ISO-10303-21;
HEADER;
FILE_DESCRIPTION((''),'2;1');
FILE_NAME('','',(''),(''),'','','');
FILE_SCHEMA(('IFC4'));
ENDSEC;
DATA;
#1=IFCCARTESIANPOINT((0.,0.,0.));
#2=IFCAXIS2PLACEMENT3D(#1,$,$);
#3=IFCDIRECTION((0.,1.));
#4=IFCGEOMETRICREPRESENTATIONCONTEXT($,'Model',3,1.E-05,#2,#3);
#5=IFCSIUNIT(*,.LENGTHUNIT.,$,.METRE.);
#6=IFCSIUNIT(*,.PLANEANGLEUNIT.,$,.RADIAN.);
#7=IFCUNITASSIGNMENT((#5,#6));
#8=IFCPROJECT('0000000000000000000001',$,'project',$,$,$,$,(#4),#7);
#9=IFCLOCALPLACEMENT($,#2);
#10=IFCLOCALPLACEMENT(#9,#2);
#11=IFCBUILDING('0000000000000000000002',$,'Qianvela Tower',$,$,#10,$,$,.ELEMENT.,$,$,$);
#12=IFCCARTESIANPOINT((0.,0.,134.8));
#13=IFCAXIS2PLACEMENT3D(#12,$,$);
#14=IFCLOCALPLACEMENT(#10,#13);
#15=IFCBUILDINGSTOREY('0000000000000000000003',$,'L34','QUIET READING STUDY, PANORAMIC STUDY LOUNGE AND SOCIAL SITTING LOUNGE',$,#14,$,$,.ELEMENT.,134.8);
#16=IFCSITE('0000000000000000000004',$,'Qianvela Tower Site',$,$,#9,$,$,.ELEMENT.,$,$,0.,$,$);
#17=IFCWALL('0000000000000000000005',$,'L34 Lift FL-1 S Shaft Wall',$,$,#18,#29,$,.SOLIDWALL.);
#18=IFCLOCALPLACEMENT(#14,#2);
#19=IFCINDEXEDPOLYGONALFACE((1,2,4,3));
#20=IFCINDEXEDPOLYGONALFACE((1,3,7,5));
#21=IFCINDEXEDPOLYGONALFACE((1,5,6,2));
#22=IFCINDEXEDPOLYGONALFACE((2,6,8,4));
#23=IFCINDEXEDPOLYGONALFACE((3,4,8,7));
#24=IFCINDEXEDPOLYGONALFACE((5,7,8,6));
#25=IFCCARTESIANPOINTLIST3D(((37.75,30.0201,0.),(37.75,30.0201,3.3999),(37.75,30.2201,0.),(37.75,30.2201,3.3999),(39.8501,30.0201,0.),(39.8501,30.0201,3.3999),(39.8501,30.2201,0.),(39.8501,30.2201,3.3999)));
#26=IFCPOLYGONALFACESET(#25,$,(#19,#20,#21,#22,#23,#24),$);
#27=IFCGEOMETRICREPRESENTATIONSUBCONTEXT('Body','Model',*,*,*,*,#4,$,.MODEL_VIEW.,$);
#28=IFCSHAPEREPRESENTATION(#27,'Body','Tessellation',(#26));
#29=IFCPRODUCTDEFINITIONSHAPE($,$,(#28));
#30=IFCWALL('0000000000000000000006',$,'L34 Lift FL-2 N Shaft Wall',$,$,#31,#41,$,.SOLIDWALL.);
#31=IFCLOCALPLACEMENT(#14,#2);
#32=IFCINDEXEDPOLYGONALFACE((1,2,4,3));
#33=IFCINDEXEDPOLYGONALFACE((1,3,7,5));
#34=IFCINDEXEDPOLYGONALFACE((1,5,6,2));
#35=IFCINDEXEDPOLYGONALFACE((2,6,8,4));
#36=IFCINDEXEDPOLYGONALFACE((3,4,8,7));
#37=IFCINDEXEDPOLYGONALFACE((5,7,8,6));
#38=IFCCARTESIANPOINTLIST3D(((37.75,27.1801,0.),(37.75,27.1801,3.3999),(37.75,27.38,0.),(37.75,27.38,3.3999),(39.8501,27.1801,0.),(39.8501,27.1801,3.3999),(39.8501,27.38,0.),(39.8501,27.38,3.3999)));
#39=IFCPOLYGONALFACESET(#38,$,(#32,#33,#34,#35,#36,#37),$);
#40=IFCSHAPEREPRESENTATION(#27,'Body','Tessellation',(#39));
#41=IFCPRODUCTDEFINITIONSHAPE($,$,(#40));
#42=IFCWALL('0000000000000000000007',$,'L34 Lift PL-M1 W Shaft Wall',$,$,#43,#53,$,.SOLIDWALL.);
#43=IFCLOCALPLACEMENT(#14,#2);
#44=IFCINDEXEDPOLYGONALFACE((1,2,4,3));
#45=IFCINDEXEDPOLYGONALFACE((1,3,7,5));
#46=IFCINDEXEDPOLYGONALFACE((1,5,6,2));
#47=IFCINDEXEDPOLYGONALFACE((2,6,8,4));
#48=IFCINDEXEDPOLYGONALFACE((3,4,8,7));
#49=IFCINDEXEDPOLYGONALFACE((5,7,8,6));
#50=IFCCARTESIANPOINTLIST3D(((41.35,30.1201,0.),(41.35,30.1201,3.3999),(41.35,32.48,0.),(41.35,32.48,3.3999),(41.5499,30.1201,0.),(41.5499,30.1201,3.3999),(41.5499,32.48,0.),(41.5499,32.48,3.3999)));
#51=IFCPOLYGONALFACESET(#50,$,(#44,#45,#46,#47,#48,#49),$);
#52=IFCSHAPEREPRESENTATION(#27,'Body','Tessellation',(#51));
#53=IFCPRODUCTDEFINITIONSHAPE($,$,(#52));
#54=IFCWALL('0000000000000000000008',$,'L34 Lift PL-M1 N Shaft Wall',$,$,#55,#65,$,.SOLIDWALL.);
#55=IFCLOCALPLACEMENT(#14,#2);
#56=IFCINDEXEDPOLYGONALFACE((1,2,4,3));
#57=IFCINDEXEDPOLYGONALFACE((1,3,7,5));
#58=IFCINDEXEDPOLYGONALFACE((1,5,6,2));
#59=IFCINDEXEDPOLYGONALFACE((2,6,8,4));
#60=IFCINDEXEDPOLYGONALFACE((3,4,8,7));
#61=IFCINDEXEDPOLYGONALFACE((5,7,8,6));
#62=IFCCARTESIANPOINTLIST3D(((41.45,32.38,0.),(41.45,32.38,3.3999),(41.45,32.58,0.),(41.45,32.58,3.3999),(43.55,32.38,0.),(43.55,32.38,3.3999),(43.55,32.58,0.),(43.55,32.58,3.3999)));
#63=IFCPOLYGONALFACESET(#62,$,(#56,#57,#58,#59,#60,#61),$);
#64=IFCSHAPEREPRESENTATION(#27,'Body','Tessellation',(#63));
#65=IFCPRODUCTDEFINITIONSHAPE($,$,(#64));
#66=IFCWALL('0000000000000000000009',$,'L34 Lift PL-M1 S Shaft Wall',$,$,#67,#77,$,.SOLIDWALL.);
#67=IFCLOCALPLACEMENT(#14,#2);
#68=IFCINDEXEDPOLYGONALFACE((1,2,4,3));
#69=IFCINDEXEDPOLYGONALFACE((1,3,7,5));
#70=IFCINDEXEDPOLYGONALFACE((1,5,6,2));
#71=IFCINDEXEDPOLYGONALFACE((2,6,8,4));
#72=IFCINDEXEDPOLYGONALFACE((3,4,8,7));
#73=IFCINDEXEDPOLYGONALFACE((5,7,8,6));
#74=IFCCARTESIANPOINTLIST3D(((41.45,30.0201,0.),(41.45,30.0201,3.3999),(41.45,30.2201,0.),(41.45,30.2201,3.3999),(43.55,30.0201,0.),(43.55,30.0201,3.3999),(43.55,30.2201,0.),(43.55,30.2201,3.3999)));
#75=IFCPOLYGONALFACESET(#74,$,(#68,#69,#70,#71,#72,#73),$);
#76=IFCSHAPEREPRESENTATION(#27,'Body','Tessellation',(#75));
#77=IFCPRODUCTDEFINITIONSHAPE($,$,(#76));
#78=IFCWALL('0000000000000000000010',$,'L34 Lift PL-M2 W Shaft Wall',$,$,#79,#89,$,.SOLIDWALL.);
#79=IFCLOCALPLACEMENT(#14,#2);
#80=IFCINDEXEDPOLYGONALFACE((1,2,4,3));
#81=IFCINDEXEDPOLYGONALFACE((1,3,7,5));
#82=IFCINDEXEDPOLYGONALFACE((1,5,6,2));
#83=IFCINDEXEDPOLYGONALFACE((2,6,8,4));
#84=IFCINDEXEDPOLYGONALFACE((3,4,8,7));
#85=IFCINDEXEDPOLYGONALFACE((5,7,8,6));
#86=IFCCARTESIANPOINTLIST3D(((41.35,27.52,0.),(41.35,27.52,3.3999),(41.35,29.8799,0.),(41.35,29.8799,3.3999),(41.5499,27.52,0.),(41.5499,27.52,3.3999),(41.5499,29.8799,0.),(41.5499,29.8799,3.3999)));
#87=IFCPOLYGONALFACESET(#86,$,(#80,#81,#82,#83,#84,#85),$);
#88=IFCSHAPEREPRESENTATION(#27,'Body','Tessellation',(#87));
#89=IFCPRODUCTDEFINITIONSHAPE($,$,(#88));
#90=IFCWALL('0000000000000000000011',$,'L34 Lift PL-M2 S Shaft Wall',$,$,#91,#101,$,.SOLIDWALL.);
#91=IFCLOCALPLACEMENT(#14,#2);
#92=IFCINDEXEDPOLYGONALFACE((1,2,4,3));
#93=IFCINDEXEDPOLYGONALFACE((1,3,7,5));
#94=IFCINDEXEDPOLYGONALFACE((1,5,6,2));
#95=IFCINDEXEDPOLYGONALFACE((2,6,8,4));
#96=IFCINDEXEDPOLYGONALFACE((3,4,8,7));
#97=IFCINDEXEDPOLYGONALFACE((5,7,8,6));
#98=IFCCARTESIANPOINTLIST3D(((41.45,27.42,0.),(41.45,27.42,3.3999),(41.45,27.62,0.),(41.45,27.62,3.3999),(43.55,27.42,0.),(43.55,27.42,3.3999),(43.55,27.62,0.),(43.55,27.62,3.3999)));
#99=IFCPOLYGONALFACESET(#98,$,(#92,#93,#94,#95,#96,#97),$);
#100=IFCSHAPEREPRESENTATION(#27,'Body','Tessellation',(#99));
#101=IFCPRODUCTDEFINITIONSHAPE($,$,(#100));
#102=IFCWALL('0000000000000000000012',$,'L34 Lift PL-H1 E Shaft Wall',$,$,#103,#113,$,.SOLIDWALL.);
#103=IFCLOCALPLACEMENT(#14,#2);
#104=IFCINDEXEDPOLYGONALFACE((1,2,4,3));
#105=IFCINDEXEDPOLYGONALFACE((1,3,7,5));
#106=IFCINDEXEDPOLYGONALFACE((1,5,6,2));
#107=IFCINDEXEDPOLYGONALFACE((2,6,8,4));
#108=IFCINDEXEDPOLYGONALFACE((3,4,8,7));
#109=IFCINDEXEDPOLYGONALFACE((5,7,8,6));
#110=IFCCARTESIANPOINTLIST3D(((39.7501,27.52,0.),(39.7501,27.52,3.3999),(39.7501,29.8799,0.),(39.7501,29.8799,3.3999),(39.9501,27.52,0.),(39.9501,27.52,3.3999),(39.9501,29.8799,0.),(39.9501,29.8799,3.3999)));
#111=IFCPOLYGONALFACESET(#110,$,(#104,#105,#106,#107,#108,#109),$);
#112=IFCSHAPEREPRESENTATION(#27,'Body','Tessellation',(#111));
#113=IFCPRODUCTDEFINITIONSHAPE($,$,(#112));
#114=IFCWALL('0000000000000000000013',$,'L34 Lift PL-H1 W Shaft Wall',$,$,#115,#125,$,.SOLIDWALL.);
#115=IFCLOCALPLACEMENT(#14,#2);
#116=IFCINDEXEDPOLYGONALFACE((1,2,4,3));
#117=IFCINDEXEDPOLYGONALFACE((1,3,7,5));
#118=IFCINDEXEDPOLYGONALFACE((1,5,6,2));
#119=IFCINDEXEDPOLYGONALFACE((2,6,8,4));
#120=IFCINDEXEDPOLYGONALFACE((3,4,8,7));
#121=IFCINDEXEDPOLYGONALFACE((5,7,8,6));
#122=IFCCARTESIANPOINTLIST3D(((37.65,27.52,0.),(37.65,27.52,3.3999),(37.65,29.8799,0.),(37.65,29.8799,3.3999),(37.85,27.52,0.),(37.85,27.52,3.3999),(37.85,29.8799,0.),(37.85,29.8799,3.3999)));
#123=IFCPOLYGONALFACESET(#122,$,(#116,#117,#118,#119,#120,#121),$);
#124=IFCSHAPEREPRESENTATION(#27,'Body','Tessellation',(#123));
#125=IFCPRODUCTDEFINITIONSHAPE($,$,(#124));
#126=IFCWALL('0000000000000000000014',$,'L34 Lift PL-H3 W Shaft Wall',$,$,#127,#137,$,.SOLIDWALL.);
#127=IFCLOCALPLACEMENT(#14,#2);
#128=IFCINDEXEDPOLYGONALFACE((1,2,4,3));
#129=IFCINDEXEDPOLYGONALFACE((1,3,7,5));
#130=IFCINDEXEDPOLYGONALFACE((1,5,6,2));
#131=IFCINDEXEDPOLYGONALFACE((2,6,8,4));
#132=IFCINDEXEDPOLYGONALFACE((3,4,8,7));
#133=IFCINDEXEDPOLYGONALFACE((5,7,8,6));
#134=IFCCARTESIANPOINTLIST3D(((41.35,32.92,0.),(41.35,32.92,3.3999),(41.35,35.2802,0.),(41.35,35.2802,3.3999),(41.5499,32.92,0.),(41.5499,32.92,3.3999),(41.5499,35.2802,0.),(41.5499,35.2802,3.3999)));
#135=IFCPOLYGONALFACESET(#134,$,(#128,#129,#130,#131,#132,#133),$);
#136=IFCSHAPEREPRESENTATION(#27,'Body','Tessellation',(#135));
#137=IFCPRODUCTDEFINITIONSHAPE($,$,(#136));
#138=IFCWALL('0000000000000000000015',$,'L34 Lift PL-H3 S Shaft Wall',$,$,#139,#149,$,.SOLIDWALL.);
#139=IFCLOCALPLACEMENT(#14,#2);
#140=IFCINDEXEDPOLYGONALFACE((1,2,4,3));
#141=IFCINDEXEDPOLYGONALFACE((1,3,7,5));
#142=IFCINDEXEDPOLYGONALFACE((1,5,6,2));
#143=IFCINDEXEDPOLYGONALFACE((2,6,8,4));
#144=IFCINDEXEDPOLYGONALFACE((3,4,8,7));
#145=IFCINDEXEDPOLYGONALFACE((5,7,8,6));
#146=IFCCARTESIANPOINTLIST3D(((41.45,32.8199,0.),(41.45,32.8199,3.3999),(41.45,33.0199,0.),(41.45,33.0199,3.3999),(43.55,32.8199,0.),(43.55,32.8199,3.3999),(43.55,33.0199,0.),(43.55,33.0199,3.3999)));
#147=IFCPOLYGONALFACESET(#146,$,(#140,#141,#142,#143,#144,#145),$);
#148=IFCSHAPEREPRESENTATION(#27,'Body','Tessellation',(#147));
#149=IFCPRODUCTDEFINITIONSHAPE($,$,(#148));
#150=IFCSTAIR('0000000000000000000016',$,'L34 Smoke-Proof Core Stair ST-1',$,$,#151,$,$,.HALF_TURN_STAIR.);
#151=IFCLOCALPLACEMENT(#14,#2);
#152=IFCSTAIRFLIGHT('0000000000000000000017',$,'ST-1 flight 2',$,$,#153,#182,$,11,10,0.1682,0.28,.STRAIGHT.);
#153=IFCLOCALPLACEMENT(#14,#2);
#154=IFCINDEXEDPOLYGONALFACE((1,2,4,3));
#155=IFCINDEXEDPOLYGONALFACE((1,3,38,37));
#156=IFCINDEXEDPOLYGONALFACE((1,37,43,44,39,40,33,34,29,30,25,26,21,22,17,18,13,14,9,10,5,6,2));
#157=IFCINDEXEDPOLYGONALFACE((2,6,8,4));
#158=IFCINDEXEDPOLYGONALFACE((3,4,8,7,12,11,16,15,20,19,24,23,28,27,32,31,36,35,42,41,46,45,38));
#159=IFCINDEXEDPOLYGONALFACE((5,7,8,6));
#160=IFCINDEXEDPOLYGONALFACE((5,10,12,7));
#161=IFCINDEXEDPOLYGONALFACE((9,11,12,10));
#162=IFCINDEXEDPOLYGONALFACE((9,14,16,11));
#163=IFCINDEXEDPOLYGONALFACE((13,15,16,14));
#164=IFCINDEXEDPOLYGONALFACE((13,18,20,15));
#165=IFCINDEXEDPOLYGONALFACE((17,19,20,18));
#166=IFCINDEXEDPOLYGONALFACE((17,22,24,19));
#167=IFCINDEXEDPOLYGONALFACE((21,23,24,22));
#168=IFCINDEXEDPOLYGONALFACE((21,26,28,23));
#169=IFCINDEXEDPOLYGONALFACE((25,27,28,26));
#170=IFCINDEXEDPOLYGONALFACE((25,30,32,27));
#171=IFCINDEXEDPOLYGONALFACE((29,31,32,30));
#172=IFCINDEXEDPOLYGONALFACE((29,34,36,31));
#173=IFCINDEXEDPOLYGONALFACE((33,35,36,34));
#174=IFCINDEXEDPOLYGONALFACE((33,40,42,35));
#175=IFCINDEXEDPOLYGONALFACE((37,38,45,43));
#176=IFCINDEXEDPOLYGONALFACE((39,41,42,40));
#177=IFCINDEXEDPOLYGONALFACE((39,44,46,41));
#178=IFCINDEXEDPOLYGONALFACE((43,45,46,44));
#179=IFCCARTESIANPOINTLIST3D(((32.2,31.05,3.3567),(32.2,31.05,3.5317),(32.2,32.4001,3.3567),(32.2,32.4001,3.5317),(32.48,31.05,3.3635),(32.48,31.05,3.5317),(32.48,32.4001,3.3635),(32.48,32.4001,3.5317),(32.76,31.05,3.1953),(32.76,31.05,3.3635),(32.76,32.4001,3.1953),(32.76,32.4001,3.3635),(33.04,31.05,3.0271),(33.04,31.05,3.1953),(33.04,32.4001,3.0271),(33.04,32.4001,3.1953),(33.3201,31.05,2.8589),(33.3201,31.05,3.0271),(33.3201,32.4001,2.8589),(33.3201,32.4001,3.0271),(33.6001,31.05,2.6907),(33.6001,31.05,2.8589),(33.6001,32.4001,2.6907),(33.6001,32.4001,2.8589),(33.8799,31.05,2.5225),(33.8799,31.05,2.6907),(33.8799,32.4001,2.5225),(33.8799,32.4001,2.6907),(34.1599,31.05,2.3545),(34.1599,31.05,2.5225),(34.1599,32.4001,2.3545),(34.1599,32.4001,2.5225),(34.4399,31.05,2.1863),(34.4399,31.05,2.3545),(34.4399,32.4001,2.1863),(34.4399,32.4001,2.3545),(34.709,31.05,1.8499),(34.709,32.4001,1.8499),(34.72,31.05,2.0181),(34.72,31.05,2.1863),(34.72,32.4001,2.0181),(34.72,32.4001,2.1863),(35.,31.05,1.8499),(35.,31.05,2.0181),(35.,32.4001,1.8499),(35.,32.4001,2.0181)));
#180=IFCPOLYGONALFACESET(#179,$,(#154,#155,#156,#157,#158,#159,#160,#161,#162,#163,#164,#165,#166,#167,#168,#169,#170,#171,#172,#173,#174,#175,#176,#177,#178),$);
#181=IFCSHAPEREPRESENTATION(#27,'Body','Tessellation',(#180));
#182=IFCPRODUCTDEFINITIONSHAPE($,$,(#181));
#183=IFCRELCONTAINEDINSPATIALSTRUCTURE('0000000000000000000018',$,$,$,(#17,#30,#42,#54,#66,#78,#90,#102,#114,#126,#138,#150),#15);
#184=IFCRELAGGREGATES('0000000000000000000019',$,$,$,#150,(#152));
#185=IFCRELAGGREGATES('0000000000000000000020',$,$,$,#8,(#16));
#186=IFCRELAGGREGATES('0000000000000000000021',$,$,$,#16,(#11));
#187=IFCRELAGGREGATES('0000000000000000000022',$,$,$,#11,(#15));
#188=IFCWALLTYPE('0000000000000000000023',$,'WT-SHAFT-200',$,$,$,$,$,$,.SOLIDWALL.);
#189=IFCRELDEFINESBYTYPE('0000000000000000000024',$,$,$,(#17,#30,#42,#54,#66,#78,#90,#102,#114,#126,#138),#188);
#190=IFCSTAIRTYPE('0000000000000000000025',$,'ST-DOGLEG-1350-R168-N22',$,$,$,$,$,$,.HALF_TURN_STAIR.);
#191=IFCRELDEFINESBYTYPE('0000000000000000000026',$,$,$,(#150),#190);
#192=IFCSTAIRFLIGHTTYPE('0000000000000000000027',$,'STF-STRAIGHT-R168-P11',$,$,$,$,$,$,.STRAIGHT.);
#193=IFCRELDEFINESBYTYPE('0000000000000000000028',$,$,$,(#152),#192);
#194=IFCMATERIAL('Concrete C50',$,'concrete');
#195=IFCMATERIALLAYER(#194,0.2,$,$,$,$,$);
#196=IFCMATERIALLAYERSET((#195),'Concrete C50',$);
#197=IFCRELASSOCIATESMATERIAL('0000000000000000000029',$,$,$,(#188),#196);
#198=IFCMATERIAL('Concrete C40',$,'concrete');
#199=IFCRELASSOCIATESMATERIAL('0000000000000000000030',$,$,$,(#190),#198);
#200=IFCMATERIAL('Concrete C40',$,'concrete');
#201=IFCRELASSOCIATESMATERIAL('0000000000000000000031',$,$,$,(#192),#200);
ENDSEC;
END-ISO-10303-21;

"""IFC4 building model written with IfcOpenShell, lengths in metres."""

from ifc_helpers import new_model, si_unit, direction, frame, frame_2d, origin, place, context, subcontext, project, spatial, polyline, rectangle, outline, extrude, material, layer, layer_set, type_object, element, aggregate, save


model = new_model("IFC4")

# Units and contexts
model_context = context("Model", 3, precision=1e-05, world=origin(), true_north=direction((0.0, 1.0)))
body_context = subcontext(model_context, "Body", "Model", "MODEL_VIEW")
ifc_project = project(units=[si_unit("LENGTHUNIT", "METRE"), si_unit("PLANEANGLEUNIT", "RADIAN")], contexts=[model_context])

# Site, building, storey
site_placement = place(None, origin())
site = spatial("IfcSite", under=ifc_project, at=site_placement, Name="Qianvela Tower Site", CompositionType="ELEMENT", RefElevation=0.0)
building_placement = place(site_placement, origin())
building = spatial("IfcBuilding", under=site, at=building_placement, Name="Qianvela Tower", CompositionType="ELEMENT")
storey_placement = place(building_placement, frame((0.0, 0.0, 134.8)))
storey = spatial("IfcBuildingStorey", under=building, at=storey_placement, Name="L34", Description="QUIET READING STUDY, PANORAMIC STUDY LOUNGE AND SOCIAL SITTING LOUNGE", CompositionType="ELEMENT", Elevation=134.8)

# Shared definitions
ifc_material_1 = material(Name="Concrete C50", Category="concrete")
ifc_layer_1 = layer(ifc_material_1, 0.2)
ifc_layer_set_1 = layer_set([ifc_layer_1], Name="Concrete C50")
wall_type_1 = type_object("IfcWallType", Name="WT-SHAFT-200", PredefinedType="SOLIDWALL", material=ifc_layer_set_1)

# Walls
for number, where, z_axis, x_axis, name in (
    (1, (37.75, 30.1201, 0.0), (0.0, 0.0, 1.0), (1.0, 0.0, 0.0), "L34 Lift FL-1 S Shaft Wall"),
    (2, (37.75, 27.28, 0.0), (0.0, 0.0, 1.0), (1.0, 0.0, 0.0), "L34 Lift FL-2 N Shaft Wall"),
):
    element("IfcWall", number, at=place(storey_placement, frame(where, z_axis=z_axis, x_axis=x_axis)), inside=storey, type_object=wall_type_1, Name=name, PredefinedType="SOLIDWALL", context=body_context, shape_type="SweptSolid", body=[
        extrude(rectangle(XDim=2.1001, YDim=0.2, at=frame_2d((1.05, 0.0))), origin(), (0.0, 0.0, 1.0), 3.3999),
    ])
wall_1_placement = place(storey_placement, frame((41.45, 30.1201, 0.0), z_axis=(0.0, 0.0, 1.0), x_axis=(0.0, 1.0, 0.0)))
element("IfcWall", 3, at=wall_1_placement, inside=storey, type_object=wall_type_1, Name="L34 Lift PL-M1 W Shaft Wall", PredefinedType="SOLIDWALL", context=body_context, shape_type="SweptSolid", body=[
    extrude(rectangle(XDim=2.3599, YDim=0.2, at=frame_2d((1.1799, 0.0))), origin(), (0.0, 0.0, 1.0), 3.3999),
])
for number, where, z_axis, x_axis, name in (
    (4, (41.45, 32.48, 0.0), (0.0, 0.0, 1.0), (1.0, 0.0, 0.0), "L34 Lift PL-M1 N Shaft Wall"),
    (5, (41.45, 30.1201, 0.0), (0.0, 0.0, 1.0), (1.0, 0.0, 0.0), "L34 Lift PL-M1 S Shaft Wall"),
):
    element("IfcWall", number, at=place(storey_placement, frame(where, z_axis=z_axis, x_axis=x_axis)), inside=storey, type_object=wall_type_1, Name=name, PredefinedType="SOLIDWALL", context=body_context, shape_type="SweptSolid", body=[
        extrude(rectangle(XDim=2.1001, YDim=0.2, at=frame_2d((1.05, 0.0))), origin(), (0.0, 0.0, 1.0), 3.3999),
    ])
wall_2_placement = place(storey_placement, frame((41.45, 27.52, 0.0), z_axis=(0.0, 0.0, 1.0), x_axis=(0.0, 1.0, 0.0)))
element("IfcWall", 6, at=wall_2_placement, inside=storey, type_object=wall_type_1, Name="L34 Lift PL-M2 W Shaft Wall", PredefinedType="SOLIDWALL", context=body_context, shape_type="SweptSolid", body=[
    extrude(rectangle(XDim=2.3599, YDim=0.2, at=frame_2d((1.1799, 0.0))), origin(), (0.0, 0.0, 1.0), 3.3999),
])
wall_3_placement = place(storey_placement, frame((41.45, 27.52, 0.0), z_axis=(0.0, 0.0, 1.0), x_axis=(1.0, 0.0, 0.0)))
element("IfcWall", 7, at=wall_3_placement, inside=storey, type_object=wall_type_1, Name="L34 Lift PL-M2 S Shaft Wall", PredefinedType="SOLIDWALL", context=body_context, shape_type="SweptSolid", body=[
    extrude(rectangle(XDim=2.1001, YDim=0.2, at=frame_2d((1.05, 0.0))), origin(), (0.0, 0.0, 1.0), 3.3999),
])
for number, where, z_axis, x_axis, name in (
    (8, (39.8501, 27.52, 0.0), (0.0, 0.0, 1.0), (0.0, 1.0, 0.0), "L34 Lift PL-H1 E Shaft Wall"),
    (9, (37.75, 27.52, 0.0), (0.0, 0.0, 1.0), (0.0, 1.0, 0.0), "L34 Lift PL-H1 W Shaft Wall"),
):
    element("IfcWall", number, at=place(storey_placement, frame(where, z_axis=z_axis, x_axis=x_axis)), inside=storey, type_object=wall_type_1, Name=name, PredefinedType="SOLIDWALL", context=body_context, shape_type="SweptSolid", body=[
        extrude(rectangle(XDim=2.3599, YDim=0.2, at=frame_2d((1.1799, 0.0))), origin(), (0.0, 0.0, 1.0), 3.3999),
    ])
wall_4_placement = place(storey_placement, frame((41.45, 32.9199, 0.0), z_axis=(0.0, 0.0, 1.0), x_axis=(0.0, 1.0, 0.0)))
element("IfcWall", 10, at=wall_4_placement, inside=storey, type_object=wall_type_1, Name="L34 Lift PL-H3 W Shaft Wall", PredefinedType="SOLIDWALL", context=body_context, shape_type="SweptSolid", body=[
    extrude(rectangle(XDim=2.3601, YDim=0.2, at=frame_2d((1.1802, 0.0))), origin(), (0.0, 0.0, 1.0), 3.3999),
])
wall_5_placement = place(storey_placement, frame((41.45, 32.9199, 0.0), z_axis=(0.0, 0.0, 1.0), x_axis=(1.0, 0.0, 0.0)))
element("IfcWall", 11, at=wall_5_placement, inside=storey, type_object=wall_type_1, Name="L34 Lift PL-H3 S Shaft Wall", PredefinedType="SOLIDWALL", context=body_context, shape_type="SweptSolid", body=[
    extrude(rectangle(XDim=2.1001, YDim=0.2, at=frame_2d((1.05, 0.0))), origin(), (0.0, 0.0, 1.0), 3.3999),
])

# Stair, stair flight
ifc_material_2 = material(Name="Concrete C40", Category="concrete")
stair_type = type_object("IfcStairType", Name="ST-DOGLEG-1350-R168-N22", PredefinedType="HALF_TURN_STAIR", material=ifc_material_2)
stair_placement = place(storey_placement, origin())
stair = element("IfcStair", 12, at=stair_placement, inside=storey, type_object=stair_type, Name="L34 Smoke-Proof Core Stair ST-1", PredefinedType="HALF_TURN_STAIR")
ifc_material_3 = material(Name="Concrete C40", Category="concrete")
stair_flight_type = type_object("IfcStairFlightType", Name="STF-STRAIGHT-R168-P11", PredefinedType="STRAIGHT", material=ifc_material_3)
stair_flight_placement = place(storey_placement, frame((35.0, 31.7251, 1.8499), z_axis=(0.0, 0.0, 1.0), x_axis=(-1.0, 0.0, 0.0)))
stair_flight = element("IfcStairFlight", 13, at=stair_flight_placement, type_object=stair_flight_type, Name="ST-1 flight 2", NumberOfRisers=11, NumberOfTreads=10, PredefinedType="STRAIGHT", RiserHeight=0.1682, TreadLength=0.28, context=body_context, shape_type="SweptSolid", body=[
    extrude(outline(polyline([(0.0, 0.0), (0.0, 0.1682), (0.28, 0.1682), (0.28, 0.3364), (0.5601, 0.3364), (0.5601, 0.5046), (0.8401, 0.5046), (0.8401, 0.6726), (1.1201, 0.6726), (1.1201, 0.8408), (1.3999, 0.8408), (1.3999, 1.009), (1.6799, 1.009), (1.6799, 1.1772), (1.96, 1.1772), (1.96, 1.3455), (2.24, 1.3455), (2.24, 1.5137), (2.52, 1.5137), (2.52, 1.6819), (2.8, 1.6819), (2.8, 1.8501), (2.8, 1.5068), (0.291, 0.0), (0.0, 0.0)])), frame((0.0, 0.675, 0.0), z_axis=(0.0, -1.0, 0.0), x_axis=(1.0, 0.0, 0.0)), (0.0, 0.0, 1.0), 1.3501),
])
aggregate(stair, [stair_flight])

save(model, "model.ifc")
